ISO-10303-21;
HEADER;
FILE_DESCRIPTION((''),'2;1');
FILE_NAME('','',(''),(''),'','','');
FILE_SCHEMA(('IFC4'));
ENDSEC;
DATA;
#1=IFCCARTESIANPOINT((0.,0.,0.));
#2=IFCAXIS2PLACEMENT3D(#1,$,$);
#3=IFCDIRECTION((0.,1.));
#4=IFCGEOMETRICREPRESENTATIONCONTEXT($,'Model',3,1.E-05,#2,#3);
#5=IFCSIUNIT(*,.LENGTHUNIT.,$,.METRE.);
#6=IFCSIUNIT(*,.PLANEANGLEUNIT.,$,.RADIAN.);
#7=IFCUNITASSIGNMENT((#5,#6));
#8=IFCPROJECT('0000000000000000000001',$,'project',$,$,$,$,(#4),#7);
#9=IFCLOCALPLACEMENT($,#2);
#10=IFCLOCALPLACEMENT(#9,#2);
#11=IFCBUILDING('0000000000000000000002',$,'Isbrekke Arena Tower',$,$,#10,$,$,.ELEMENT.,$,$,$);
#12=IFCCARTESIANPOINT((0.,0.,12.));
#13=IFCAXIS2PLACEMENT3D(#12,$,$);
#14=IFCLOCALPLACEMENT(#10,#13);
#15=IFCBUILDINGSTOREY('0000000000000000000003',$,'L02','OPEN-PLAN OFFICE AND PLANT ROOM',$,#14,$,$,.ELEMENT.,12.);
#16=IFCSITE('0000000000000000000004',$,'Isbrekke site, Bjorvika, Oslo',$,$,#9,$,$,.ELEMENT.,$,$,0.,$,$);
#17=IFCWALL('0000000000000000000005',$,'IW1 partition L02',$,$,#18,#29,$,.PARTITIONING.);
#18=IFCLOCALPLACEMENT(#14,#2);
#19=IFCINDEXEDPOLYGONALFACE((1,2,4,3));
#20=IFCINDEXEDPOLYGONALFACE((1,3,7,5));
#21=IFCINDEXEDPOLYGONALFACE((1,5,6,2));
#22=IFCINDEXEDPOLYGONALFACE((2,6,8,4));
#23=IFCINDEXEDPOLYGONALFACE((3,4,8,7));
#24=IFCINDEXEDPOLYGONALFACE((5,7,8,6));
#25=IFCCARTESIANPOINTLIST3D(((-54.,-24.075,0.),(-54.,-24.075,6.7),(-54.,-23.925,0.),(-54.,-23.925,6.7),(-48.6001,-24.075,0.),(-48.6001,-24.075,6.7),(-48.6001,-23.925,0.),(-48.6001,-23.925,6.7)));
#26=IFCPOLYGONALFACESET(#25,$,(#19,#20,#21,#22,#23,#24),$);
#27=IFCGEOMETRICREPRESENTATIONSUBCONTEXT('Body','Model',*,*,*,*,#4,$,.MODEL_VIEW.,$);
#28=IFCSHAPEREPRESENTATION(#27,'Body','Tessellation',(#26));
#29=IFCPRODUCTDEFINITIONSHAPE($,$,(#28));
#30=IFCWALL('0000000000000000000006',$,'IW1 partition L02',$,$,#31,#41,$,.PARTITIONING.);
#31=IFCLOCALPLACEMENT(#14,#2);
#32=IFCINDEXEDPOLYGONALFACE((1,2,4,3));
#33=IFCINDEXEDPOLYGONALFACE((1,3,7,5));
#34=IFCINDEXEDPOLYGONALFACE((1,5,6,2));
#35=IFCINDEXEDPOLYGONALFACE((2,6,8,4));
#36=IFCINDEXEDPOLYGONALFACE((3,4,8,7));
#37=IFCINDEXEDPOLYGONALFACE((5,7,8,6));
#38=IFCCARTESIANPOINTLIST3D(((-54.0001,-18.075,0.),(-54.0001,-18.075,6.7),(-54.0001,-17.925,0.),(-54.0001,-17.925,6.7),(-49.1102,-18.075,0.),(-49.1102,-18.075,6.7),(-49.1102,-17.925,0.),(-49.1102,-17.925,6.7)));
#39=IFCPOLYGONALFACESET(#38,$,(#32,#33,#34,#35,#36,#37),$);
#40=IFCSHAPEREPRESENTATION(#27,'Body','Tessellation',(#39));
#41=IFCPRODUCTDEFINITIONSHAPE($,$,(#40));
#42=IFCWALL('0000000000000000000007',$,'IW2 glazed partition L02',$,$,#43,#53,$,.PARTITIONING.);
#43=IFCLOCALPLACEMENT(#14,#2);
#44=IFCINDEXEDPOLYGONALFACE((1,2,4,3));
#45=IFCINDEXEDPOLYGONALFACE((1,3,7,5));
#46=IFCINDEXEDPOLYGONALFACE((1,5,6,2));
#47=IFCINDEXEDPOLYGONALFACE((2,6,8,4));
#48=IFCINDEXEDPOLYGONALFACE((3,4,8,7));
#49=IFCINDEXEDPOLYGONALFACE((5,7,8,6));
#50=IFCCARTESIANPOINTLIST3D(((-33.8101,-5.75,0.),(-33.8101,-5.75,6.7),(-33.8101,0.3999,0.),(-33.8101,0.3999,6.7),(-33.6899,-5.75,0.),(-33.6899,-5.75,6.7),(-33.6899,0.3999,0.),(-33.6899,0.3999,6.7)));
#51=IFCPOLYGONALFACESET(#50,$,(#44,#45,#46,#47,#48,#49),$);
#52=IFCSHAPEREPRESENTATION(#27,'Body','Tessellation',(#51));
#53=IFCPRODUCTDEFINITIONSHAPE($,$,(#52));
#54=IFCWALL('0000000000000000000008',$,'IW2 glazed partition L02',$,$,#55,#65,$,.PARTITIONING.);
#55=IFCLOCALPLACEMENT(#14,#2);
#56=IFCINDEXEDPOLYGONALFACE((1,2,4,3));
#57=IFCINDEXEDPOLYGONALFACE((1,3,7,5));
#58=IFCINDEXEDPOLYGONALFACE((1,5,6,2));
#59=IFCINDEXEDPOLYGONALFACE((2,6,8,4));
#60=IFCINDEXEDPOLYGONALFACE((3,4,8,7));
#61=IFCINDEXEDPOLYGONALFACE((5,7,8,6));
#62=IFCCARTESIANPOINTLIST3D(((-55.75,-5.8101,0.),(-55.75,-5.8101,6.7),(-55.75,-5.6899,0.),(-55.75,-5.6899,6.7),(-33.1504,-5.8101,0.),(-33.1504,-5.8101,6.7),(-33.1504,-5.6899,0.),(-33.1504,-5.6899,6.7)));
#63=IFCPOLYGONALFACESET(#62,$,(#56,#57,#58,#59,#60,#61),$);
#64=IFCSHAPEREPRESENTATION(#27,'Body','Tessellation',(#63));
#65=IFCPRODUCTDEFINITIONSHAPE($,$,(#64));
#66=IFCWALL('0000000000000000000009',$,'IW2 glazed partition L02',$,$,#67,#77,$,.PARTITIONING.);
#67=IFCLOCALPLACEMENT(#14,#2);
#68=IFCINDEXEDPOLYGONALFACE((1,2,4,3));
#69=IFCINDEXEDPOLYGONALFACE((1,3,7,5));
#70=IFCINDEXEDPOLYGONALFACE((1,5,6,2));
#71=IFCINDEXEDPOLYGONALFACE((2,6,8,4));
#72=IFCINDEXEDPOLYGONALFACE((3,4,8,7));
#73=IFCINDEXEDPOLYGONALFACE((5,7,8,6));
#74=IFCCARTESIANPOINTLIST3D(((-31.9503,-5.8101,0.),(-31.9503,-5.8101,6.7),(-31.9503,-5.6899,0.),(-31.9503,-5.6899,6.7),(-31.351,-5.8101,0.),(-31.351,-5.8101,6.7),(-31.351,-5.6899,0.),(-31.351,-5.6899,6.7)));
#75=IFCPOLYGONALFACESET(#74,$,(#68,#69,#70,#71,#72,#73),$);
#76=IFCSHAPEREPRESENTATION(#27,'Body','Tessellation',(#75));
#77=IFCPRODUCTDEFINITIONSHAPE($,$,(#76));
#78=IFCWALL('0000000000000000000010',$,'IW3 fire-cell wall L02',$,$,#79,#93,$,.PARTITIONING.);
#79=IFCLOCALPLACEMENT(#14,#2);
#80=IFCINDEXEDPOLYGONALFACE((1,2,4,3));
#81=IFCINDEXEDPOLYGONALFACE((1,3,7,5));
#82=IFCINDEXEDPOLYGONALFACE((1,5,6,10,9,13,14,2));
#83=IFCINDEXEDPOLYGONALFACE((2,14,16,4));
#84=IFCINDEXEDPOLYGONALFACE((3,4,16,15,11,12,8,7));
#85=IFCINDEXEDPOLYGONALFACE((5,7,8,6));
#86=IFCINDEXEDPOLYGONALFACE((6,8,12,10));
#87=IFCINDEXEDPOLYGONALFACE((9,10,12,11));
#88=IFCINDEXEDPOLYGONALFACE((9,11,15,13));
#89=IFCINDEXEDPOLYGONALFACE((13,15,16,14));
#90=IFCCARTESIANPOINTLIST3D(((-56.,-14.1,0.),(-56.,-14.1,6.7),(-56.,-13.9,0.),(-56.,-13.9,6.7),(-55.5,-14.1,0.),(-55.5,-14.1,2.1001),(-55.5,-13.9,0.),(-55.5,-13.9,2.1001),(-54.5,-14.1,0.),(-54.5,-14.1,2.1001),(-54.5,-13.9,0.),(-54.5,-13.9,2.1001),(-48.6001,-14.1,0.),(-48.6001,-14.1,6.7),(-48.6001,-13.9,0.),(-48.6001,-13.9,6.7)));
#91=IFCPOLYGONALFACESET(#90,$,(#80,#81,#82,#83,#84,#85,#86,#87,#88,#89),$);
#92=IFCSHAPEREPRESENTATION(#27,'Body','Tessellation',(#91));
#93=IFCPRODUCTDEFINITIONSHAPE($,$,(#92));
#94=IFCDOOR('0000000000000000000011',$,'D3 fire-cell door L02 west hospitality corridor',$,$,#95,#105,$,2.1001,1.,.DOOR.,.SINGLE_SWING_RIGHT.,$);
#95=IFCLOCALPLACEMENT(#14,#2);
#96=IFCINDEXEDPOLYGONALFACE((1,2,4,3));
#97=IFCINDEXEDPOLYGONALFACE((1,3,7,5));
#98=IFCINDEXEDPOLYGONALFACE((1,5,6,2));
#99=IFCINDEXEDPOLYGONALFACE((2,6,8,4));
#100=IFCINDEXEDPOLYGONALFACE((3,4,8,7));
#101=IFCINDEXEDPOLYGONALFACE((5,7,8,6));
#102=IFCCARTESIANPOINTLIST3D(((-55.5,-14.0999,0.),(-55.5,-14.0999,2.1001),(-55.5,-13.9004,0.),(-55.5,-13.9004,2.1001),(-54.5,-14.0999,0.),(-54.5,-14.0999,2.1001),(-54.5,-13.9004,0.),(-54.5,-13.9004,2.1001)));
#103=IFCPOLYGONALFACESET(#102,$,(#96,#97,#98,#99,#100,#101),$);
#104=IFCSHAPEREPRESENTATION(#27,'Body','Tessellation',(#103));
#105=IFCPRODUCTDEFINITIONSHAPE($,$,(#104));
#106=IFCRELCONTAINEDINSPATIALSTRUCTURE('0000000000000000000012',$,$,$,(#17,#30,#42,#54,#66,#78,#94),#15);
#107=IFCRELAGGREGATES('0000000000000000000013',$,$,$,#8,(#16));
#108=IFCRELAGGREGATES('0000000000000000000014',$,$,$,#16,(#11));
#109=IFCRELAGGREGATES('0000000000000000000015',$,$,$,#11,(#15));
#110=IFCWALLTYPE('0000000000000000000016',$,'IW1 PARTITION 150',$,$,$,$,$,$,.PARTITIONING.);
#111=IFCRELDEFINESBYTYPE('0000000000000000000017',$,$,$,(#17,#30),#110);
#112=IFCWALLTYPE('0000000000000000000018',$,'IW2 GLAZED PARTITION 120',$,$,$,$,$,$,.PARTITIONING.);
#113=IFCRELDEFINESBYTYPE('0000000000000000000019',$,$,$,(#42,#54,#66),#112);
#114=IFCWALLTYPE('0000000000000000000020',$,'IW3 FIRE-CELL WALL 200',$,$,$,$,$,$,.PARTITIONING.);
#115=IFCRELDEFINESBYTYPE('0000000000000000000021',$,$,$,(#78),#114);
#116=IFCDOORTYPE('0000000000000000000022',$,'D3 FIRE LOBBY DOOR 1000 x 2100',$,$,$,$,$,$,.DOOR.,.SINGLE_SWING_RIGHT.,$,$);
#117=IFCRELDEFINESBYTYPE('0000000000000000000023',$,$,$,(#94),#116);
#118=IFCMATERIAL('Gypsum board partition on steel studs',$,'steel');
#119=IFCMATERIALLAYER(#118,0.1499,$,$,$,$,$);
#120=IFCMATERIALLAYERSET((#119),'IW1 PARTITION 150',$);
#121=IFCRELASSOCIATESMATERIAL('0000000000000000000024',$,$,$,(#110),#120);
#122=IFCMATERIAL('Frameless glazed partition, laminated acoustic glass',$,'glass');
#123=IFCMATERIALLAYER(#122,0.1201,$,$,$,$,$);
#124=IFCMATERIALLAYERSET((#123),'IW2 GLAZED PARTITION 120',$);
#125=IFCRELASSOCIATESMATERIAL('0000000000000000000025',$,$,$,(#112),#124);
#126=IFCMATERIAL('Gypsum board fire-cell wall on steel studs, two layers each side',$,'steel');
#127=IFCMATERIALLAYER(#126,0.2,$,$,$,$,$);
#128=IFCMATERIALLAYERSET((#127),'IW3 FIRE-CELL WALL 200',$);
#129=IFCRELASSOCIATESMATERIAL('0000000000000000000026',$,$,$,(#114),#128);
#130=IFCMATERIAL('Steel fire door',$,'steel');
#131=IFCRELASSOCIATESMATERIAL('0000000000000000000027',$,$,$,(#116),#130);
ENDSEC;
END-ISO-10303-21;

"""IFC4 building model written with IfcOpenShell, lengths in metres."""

from ifc_helpers import new_model, si_unit, direction, frame, frame_2d, origin, place, context, subcontext, project, spatial, rectangle, extrude, material, layer, layer_set, type_object, element, fill, save


model = new_model("IFC4")

# Units and contexts
model_context = context("Model", 3, precision=1e-05, world=origin(), true_north=direction((0.0, 1.0)))
body_context = subcontext(model_context, "Body", "Model", "MODEL_VIEW")
ifc_project = project(units=[si_unit("LENGTHUNIT", "METRE"), si_unit("PLANEANGLEUNIT", "RADIAN")], contexts=[model_context])

# Site, building, storey
site_placement = place(None, origin())
site = spatial("IfcSite", under=ifc_project, at=site_placement, Name="Isbrekke site, Bjorvika, Oslo", CompositionType="ELEMENT", RefElevation=0.0)
building_placement = place(site_placement, origin())
building = spatial("IfcBuilding", under=site, at=building_placement, Name="Isbrekke Arena Tower", CompositionType="ELEMENT")
storey_placement = place(building_placement, frame((0.0, 0.0, 12.0)))
storey = spatial("IfcBuildingStorey", under=building, at=storey_placement, Name="L02", Description="OPEN-PLAN OFFICE AND PLANT ROOM", CompositionType="ELEMENT", Elevation=12.0)

# Shared definitions
ifc_material_1 = material(Name="Gypsum board partition on steel studs", Category="steel")
ifc_layer_1 = layer(ifc_material_1, 0.1499)
ifc_layer_set_1 = layer_set([ifc_layer_1], Name="IW1 PARTITION 150")
wall_type_1 = type_object("IfcWallType", Name="IW1 PARTITION 150", PredefinedType="PARTITIONING", material=ifc_layer_set_1)

# Walls
wall_1_placement = place(storey_placement, frame((-54.0, -24.0, 0.0), z_axis=(0.0, 0.0, 1.0), x_axis=(1.0, 0.0, 0.0)))
element("IfcWall", 1, at=wall_1_placement, inside=storey, type_object=wall_type_1, Name="IW1 partition L02", PredefinedType="PARTITIONING", context=body_context, shape_type="SweptSolid", body=[
    extrude(rectangle(XDim=5.3999, YDim=0.1499, at=frame_2d((2.7, 0.0))), origin(), (0.0, 0.0, 1.0), 6.7),
])
wall_2_placement = place(storey_placement, frame((-54.0, -18.0, 0.0), z_axis=(0.0, 0.0, 1.0), x_axis=(1.0, 0.0, 0.0)))
element("IfcWall", 2, at=wall_2_placement, inside=storey, type_object=wall_type_1, Name="IW1 partition L02", PredefinedType="PARTITIONING", context=body_context, shape_type="SweptSolid", body=[
    extrude(rectangle(XDim=4.8899, YDim=0.1499, at=frame_2d((2.4448, 0.0))), origin(), (0.0, 0.0, 1.0), 6.7),
])
ifc_material_2 = material(Name="Frameless glazed partition, laminated acoustic glass", Category="glass")
ifc_layer_2 = layer(ifc_material_2, 0.1201)
ifc_layer_set_2 = layer_set([ifc_layer_2], Name="IW2 GLAZED PARTITION 120")
wall_type_2 = type_object("IfcWallType", Name="IW2 GLAZED PARTITION 120", PredefinedType="PARTITIONING", material=ifc_layer_set_2)
wall_3_placement = place(storey_placement, frame((-33.75, -5.75, 0.0), z_axis=(0.0, 0.0, 1.0), x_axis=(0.0, 1.0, 0.0)))
element("IfcWall", 3, at=wall_3_placement, inside=storey, type_object=wall_type_2, Name="IW2 glazed partition L02", PredefinedType="PARTITIONING", context=body_context, shape_type="SweptSolid", body=[
    extrude(rectangle(XDim=6.1499, YDim=0.1201, at=frame_2d((3.075, 0.0))), origin(), (0.0, 0.0, 1.0), 6.7),
])
wall_4_placement = place(storey_placement, frame((-55.75, -5.75, 0.0), z_axis=(0.0, 0.0, 1.0), x_axis=(1.0, 0.0, 0.0)))
element("IfcWall", 4, at=wall_4_placement, inside=storey, type_object=wall_type_2, Name="IW2 glazed partition L02", PredefinedType="PARTITIONING", context=body_context, shape_type="SweptSolid", body=[
    extrude(rectangle(XDim=22.5996, YDim=0.1201, at=frame_2d((11.2998, 0.0))), origin(), (0.0, 0.0, 1.0), 6.7),
])
wall_5_placement = place(storey_placement, frame((-31.9504, -5.75, 0.0), z_axis=(0.0, 0.0, 1.0), x_axis=(1.0, 0.0, 0.0)))
element("IfcWall", 5, at=wall_5_placement, inside=storey, type_object=wall_type_2, Name="IW2 glazed partition L02", PredefinedType="PARTITIONING", context=body_context, shape_type="SweptSolid", body=[
    extrude(rectangle(XDim=0.5994, YDim=0.1201, at=frame_2d((0.2998, 0.0))), origin(), (0.0, 0.0, 1.0), 6.7),
])

# Wall, opening, door
ifc_material_3 = material(Name="Gypsum board fire-cell wall on steel studs, two layers each side", Category="steel")
ifc_layer_3 = layer(ifc_material_3, 0.2)
ifc_layer_set_3 = layer_set([ifc_layer_3], Name="IW3 FIRE-CELL WALL 200")
wall_type_3 = type_object("IfcWallType", Name="IW3 FIRE-CELL WALL 200", PredefinedType="PARTITIONING", material=ifc_layer_set_3)
wall_6_placement = place(storey_placement, frame((-56.0, -14.0, 0.0), z_axis=(0.0, 0.0, 1.0), x_axis=(1.0, 0.0, 0.0)))
wall_6 = element("IfcWall", 6, at=wall_6_placement, inside=storey, type_object=wall_type_3, Name="IW3 fire-cell wall L02", PredefinedType="PARTITIONING", context=body_context, shape_type="SweptSolid", body=[
    extrude(rectangle(XDim=7.3999, YDim=0.2, at=frame_2d((3.7, 0.0))), origin(), (0.0, 0.0, 1.0), 6.7),
])
opening_1_placement = place(wall_6_placement, frame((0.5, 0.0, 0.0)))
opening_1 = element("IfcOpeningElement", 7, at=opening_1_placement, cuts=wall_6, PredefinedType="OPENING", context=body_context, shape_type="SweptSolid", body=[
    extrude(rectangle(XDim=1.0, YDim=2.1001, at=frame_2d((0.5, 1.05))), frame((0.0, 0.1147, 0.0), z_axis=(0.0, -1.0, 0.0), x_axis=(1.0, 0.0, 0.0)), (0.0, 0.0, 1.0), 0.2297),
])
ifc_material_4 = material(Name="Steel fire door", Category="steel")
door_type_1 = type_object("IfcDoorType", Name="D3 FIRE LOBBY DOOR 1000 x 2100", OperationType="SINGLE_SWING_RIGHT", PredefinedType="DOOR", material=ifc_material_4)
door_1_placement = place(opening_1_placement, origin())
door_1 = element("IfcDoor", 8, at=door_1_placement, inside=storey, type_object=door_type_1, Name="D3 fire-cell door L02 west hospitality corridor", OperationType="SINGLE_SWING_RIGHT", OverallHeight=2.1001, OverallWidth=1.0, PredefinedType="DOOR", context=body_context, shape_type="SweptSolid", body=[
    extrude(rectangle(XDim=1.0, YDim=2.1001, at=frame_2d((0.5, 1.05))), frame((0.0, 0.0996, 0.0), z_axis=(0.0, -1.0, 0.0), x_axis=(1.0, 0.0, 0.0)), (0.0, 0.0, 1.0), 0.1995),
])
fill(opening_1, door_1)

save(model, "model.ifc")
